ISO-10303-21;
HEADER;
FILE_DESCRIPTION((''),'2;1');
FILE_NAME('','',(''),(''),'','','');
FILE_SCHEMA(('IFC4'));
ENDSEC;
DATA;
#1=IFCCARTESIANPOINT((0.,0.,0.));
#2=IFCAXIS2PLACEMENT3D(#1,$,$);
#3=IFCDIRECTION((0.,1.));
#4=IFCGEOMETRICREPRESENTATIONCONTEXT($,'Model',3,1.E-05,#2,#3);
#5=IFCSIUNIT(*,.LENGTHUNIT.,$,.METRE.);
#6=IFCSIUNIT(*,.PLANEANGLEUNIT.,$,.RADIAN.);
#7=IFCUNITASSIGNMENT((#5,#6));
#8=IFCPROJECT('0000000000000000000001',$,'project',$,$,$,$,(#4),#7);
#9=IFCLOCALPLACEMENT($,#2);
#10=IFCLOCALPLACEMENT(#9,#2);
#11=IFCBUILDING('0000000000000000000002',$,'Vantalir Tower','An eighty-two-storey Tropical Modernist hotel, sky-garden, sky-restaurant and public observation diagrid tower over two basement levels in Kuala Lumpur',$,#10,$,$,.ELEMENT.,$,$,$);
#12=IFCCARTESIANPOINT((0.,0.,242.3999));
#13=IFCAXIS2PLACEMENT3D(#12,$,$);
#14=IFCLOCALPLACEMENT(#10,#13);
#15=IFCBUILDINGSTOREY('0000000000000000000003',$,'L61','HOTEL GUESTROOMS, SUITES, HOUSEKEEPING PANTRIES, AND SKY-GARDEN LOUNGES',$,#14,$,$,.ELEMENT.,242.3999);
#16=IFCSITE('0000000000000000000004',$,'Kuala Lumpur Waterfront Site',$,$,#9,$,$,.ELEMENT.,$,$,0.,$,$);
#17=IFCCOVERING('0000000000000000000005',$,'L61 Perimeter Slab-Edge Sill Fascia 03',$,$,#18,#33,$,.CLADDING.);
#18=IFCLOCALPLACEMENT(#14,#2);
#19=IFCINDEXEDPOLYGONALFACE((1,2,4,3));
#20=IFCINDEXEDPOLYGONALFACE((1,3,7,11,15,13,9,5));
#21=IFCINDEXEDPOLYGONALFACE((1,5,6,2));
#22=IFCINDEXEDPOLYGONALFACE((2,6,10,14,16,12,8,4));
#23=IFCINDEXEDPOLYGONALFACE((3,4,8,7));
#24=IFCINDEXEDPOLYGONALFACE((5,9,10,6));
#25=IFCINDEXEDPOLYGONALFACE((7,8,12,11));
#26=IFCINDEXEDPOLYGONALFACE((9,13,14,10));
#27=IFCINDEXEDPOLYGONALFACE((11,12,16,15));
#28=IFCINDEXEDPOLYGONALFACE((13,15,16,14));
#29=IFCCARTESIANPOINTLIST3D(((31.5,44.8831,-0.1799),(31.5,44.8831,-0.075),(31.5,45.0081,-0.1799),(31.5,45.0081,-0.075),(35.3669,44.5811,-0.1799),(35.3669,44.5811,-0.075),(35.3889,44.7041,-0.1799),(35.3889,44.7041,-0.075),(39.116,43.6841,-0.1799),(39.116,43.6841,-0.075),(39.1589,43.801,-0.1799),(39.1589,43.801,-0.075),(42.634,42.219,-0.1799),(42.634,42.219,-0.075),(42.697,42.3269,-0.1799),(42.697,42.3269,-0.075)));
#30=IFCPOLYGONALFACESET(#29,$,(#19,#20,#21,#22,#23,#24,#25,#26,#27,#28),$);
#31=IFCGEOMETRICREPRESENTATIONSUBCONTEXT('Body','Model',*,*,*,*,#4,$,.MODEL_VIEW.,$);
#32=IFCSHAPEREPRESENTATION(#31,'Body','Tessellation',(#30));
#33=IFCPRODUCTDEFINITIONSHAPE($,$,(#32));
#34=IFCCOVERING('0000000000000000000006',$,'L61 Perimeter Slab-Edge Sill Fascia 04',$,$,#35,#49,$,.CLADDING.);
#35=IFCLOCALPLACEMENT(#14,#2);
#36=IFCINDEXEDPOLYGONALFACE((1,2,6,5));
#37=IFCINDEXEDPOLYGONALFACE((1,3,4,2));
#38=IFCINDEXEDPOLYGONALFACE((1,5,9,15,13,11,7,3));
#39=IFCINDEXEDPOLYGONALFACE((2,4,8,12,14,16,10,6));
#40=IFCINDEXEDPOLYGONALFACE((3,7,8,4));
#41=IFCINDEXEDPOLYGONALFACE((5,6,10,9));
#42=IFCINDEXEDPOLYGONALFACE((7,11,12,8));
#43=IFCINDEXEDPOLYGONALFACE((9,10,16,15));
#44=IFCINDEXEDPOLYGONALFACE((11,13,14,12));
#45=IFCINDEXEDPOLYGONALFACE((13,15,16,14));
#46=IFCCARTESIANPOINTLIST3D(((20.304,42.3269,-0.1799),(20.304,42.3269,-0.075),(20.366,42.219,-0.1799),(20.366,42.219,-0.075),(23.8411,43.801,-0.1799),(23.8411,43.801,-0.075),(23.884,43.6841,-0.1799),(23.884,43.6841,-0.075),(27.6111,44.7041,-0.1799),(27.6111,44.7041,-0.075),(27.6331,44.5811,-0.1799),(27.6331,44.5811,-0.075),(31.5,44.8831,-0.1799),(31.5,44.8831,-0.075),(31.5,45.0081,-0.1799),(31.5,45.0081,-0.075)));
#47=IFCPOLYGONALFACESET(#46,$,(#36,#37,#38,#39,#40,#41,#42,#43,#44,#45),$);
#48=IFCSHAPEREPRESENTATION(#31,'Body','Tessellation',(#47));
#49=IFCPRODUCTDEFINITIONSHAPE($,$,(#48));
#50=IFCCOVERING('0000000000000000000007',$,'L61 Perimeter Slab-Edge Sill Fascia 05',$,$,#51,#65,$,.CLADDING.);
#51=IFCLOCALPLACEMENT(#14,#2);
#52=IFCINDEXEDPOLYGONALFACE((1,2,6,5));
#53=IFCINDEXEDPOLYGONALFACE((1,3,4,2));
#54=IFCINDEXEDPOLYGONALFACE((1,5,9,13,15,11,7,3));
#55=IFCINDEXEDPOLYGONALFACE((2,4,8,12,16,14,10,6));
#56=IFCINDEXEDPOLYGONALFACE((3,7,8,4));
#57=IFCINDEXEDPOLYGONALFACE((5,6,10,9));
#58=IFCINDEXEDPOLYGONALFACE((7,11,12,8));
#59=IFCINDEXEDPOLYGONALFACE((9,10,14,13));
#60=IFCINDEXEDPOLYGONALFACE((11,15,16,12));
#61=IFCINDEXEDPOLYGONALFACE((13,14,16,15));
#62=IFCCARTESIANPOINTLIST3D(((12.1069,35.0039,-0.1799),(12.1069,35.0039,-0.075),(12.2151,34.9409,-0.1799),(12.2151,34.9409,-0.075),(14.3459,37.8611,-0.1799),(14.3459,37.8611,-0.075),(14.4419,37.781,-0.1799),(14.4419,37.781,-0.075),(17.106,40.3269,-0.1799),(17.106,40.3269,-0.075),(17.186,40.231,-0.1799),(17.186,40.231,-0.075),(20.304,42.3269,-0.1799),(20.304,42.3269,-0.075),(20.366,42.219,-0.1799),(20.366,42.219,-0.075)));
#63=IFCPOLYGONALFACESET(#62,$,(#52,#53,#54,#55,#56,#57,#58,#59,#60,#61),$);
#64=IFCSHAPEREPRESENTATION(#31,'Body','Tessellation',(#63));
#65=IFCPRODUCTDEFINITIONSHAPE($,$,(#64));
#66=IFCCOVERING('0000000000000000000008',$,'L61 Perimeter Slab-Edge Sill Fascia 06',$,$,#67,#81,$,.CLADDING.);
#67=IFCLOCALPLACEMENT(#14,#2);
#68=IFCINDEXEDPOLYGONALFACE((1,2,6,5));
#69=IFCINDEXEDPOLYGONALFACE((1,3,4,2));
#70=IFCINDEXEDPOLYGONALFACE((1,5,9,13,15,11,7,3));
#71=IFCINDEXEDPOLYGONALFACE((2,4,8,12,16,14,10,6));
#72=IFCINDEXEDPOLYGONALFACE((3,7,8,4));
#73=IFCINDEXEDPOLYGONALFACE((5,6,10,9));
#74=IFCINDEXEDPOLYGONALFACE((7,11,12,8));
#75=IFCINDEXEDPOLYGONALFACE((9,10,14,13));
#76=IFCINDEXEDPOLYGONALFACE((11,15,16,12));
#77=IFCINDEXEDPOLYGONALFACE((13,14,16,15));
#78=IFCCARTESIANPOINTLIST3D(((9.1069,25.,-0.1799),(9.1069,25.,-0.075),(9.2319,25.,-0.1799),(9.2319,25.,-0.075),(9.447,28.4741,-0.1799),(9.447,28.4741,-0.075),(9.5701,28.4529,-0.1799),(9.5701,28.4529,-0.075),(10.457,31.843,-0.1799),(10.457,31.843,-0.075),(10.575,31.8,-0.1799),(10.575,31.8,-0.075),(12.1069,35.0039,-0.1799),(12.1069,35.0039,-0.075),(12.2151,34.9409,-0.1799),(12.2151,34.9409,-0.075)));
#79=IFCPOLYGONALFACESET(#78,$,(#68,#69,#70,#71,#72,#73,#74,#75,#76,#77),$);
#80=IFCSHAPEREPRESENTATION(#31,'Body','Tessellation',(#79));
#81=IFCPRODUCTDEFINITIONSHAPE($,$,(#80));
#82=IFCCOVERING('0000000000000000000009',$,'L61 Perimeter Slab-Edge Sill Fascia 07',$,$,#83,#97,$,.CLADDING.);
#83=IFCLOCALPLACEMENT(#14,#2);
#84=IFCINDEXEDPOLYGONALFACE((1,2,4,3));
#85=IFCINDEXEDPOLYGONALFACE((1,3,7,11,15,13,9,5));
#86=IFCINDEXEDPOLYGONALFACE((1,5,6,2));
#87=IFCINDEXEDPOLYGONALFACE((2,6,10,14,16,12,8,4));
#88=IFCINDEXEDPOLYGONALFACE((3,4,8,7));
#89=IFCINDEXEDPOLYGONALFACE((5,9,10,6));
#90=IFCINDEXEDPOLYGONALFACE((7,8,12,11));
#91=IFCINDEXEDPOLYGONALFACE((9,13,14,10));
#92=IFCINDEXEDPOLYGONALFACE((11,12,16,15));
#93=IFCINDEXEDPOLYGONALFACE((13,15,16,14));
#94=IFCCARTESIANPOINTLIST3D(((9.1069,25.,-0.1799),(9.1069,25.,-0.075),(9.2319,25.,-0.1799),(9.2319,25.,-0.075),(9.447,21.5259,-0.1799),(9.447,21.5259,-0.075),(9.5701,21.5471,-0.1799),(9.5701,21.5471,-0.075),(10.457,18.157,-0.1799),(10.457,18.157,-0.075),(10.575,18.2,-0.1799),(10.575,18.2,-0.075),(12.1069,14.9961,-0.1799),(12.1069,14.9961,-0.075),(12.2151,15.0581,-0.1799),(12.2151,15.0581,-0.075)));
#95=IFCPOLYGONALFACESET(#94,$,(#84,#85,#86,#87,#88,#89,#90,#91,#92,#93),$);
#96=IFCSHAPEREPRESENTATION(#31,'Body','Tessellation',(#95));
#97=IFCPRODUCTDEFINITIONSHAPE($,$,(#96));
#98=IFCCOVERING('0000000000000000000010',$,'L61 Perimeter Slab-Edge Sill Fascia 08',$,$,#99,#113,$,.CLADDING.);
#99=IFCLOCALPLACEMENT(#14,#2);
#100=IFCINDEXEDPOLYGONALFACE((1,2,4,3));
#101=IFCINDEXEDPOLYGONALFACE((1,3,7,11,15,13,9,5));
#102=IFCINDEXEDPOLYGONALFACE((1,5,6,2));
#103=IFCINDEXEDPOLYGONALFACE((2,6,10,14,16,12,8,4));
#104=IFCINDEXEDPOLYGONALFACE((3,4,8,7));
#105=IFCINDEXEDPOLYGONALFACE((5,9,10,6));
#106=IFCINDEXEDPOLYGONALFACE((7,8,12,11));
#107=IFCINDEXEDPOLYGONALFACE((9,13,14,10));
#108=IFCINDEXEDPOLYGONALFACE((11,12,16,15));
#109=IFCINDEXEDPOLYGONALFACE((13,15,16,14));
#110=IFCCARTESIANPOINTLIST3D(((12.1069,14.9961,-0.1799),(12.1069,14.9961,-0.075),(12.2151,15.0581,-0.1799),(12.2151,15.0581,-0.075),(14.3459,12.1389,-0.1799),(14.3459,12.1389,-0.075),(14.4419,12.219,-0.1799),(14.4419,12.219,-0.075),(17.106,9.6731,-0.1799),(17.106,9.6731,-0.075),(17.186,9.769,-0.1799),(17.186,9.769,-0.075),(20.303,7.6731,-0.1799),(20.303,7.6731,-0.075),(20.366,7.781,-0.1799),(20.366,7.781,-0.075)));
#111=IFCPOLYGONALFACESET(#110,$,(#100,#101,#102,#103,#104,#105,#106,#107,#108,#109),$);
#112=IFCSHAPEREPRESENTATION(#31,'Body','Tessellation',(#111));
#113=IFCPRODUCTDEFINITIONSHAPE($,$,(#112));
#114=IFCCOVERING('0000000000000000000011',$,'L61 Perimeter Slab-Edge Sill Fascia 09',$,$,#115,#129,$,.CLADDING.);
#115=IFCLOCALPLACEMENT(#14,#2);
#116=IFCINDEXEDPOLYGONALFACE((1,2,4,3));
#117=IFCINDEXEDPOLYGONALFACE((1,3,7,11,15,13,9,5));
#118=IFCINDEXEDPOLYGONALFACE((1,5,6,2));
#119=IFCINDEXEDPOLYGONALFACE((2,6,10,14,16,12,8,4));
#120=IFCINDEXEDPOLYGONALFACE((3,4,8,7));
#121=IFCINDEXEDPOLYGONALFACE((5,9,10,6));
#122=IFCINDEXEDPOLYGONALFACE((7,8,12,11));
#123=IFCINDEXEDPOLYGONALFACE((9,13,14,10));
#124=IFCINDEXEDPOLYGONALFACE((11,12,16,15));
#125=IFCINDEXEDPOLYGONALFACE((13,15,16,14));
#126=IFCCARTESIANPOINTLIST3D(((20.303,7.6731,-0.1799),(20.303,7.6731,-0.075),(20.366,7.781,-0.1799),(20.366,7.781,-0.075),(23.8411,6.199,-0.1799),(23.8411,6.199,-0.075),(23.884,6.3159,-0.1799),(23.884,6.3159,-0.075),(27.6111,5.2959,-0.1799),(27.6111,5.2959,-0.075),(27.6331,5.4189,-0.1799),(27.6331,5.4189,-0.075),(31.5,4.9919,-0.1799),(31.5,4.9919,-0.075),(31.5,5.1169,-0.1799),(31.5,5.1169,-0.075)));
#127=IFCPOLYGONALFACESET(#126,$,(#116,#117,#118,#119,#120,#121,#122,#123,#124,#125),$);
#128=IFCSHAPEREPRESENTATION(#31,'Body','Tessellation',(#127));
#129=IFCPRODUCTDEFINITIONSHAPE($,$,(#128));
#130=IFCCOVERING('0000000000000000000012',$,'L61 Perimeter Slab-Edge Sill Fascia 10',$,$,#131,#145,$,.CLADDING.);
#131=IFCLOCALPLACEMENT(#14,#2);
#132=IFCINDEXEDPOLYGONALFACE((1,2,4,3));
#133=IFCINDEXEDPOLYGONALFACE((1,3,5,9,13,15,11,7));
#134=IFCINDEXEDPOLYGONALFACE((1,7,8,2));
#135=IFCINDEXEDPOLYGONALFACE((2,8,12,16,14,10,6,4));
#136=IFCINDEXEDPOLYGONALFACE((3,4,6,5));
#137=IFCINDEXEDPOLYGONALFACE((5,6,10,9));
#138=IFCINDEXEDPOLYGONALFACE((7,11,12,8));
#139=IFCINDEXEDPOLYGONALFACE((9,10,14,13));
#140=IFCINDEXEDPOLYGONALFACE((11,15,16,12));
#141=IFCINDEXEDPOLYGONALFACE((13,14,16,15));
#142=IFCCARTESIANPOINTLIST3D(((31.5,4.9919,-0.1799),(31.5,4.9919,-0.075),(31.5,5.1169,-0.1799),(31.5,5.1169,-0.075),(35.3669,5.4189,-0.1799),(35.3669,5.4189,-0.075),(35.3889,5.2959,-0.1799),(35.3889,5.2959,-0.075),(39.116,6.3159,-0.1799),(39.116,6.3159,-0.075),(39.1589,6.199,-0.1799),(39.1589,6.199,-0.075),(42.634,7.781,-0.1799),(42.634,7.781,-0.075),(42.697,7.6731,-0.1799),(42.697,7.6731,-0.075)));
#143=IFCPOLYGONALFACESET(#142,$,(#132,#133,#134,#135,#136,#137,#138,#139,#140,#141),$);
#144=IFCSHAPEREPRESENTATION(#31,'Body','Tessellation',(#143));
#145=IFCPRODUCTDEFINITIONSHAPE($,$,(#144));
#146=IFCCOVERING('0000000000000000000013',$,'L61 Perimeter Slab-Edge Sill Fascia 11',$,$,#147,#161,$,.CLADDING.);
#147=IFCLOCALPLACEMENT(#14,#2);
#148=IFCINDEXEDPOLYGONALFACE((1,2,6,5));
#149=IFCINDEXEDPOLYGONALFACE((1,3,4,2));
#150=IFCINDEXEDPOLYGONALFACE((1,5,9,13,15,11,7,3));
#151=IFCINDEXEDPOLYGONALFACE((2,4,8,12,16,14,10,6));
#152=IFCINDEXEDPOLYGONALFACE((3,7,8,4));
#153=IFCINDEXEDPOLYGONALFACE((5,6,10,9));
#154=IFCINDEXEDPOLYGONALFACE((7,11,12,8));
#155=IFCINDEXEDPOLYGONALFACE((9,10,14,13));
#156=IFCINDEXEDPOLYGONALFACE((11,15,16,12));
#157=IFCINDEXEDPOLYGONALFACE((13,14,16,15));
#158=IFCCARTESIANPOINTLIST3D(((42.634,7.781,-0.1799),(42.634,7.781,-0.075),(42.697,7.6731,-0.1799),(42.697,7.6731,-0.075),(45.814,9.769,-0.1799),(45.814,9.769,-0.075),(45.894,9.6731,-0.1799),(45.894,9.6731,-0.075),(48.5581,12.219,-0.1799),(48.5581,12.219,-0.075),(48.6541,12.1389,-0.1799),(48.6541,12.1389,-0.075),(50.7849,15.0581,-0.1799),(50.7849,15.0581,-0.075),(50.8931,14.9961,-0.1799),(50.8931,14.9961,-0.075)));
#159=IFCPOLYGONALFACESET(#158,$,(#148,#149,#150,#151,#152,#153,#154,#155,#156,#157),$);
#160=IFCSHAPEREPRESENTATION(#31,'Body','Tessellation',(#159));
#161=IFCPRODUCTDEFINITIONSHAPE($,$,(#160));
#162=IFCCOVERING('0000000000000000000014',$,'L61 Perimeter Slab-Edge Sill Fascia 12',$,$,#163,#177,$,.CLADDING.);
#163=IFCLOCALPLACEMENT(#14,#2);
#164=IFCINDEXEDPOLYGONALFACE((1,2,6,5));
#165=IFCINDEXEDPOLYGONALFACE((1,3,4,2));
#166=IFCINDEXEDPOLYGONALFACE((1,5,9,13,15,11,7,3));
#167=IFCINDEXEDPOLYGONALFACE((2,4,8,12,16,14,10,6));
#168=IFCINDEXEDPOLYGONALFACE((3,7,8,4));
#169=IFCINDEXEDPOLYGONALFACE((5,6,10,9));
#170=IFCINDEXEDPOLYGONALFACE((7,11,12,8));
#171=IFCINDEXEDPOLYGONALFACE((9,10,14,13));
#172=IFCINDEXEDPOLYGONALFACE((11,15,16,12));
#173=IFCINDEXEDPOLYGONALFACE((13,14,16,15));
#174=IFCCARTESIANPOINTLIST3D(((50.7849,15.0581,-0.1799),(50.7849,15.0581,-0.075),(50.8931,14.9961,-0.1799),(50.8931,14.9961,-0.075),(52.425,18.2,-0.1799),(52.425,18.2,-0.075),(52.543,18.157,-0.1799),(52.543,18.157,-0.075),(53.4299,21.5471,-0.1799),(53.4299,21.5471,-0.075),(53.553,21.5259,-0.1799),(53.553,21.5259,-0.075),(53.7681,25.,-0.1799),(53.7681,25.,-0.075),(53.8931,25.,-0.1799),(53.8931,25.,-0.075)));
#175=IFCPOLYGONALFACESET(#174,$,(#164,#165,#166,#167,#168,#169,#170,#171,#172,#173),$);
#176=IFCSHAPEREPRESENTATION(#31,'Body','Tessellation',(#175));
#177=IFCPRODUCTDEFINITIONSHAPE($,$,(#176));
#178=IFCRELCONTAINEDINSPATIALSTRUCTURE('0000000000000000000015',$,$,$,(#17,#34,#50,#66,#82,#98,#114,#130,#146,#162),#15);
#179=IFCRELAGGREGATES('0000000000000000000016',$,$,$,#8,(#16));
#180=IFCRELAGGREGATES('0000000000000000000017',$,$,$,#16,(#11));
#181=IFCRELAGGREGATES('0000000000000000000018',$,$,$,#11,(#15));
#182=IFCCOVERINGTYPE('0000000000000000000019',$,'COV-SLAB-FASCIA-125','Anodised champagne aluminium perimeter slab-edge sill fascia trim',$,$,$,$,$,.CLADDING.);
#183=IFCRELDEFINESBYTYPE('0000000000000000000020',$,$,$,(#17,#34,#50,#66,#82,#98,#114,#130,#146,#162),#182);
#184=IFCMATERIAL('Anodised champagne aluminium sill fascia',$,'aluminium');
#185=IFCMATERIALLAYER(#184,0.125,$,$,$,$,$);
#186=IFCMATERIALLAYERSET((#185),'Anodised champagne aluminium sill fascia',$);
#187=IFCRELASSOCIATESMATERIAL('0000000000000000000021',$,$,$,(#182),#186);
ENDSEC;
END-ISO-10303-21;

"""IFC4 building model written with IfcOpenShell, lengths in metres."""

from ifc_helpers import new_model, si_unit, direction, frame, origin, place, context, subcontext, project, spatial, polyline, outline, extrude, material, layer, layer_set, type_object, element, save


model = new_model("IFC4")

# Units and contexts
model_context = context("Model", 3, precision=1e-05, world=origin(), true_north=direction((0.0, 1.0)))
body_context = subcontext(model_context, "Body", "Model", "MODEL_VIEW")
ifc_project = project(units=[si_unit("LENGTHUNIT", "METRE"), si_unit("PLANEANGLEUNIT", "RADIAN")], contexts=[model_context])

# Site, building, storey
site_placement = place(None, origin())
site = spatial("IfcSite", under=ifc_project, at=site_placement, Name="Kuala Lumpur Waterfront Site", CompositionType="ELEMENT", RefElevation=0.0)
building_placement = place(site_placement, origin())
building = spatial("IfcBuilding", under=site, at=building_placement, Name="Vantalir Tower", Description="An eighty-two-storey Tropical Modernist hotel, sky-garden, sky-restaurant and public observation diagrid tower over two basement levels in Kuala Lumpur", CompositionType="ELEMENT")
storey_placement = place(building_placement, frame((0.0, 0.0, 242.3999)))
storey = spatial("IfcBuildingStorey", under=building, at=storey_placement, Name="L61", Description="HOTEL GUESTROOMS, SUITES, HOUSEKEEPING PANTRIES, AND SKY-GARDEN LOUNGES", CompositionType="ELEMENT", Elevation=242.3999)

# Coverings
ifc_material_1 = material(Name="Anodised champagne aluminium sill fascia", Category="aluminium")
ifc_layer_1 = layer(ifc_material_1, 0.125)
ifc_layer_set_1 = layer_set([ifc_layer_1], Name="Anodised champagne aluminium sill fascia")
covering_type = type_object("IfcCoveringType", Name="COV-SLAB-FASCIA-125", Description="Anodised champagne aluminium perimeter slab-edge sill fascia trim", PredefinedType="CLADDING", material=ifc_layer_set_1)
covering_1_placement = place(storey_placement, frame((0.0, 0.0, -0.1799)))
element("IfcCovering", 1, at=covering_1_placement, inside=storey, type_object=covering_type, Name="L61 Perimeter Slab-Edge Sill Fascia 03", PredefinedType="CLADDING", context=body_context, shape_type="SweptSolid", body=[
    extrude(outline(polyline([(42.697, 42.3269), (39.1589, 43.801), (35.3889, 44.7041), (31.5, 45.0081), (31.5, 44.8831), (35.3669, 44.5811), (39.116, 43.6841), (42.634, 42.219), (42.697, 42.3269)])), origin(), (0.0, 0.0, 1.0), 0.105),
])
covering_2_placement = place(storey_placement, frame((0.0, 0.0, -0.1799)))
element("IfcCovering", 2, at=covering_2_placement, inside=storey, type_object=covering_type, Name="L61 Perimeter Slab-Edge Sill Fascia 04", PredefinedType="CLADDING", context=body_context, shape_type="SweptSolid", body=[
    extrude(outline(polyline([(31.5, 45.0081), (27.6111, 44.7041), (23.8411, 43.801), (20.304, 42.3269), (20.366, 42.219), (23.884, 43.6841), (27.6331, 44.5811), (31.5, 44.8831), (31.5, 45.0081)])), origin(), (0.0, 0.0, 1.0), 0.105),
])
covering_3_placement = place(storey_placement, frame((0.0, 0.0, -0.1799)))
element("IfcCovering", 3, at=covering_3_placement, inside=storey, type_object=covering_type, Name="L61 Perimeter Slab-Edge Sill Fascia 05", PredefinedType="CLADDING", context=body_context, shape_type="SweptSolid", body=[
    extrude(outline(polyline([(20.304, 42.3269), (17.106, 40.3269), (14.3459, 37.8611), (12.1069, 35.0039), (12.2151, 34.9409), (14.4419, 37.781), (17.186, 40.231), (20.366, 42.219), (20.304, 42.3269)])), origin(), (0.0, 0.0, 1.0), 0.105),
])
covering_4_placement = place(storey_placement, frame((0.0, 0.0, -0.1799)))
element("IfcCovering", 4, at=covering_4_placement, inside=storey, type_object=covering_type, Name="L61 Perimeter Slab-Edge Sill Fascia 06", PredefinedType="CLADDING", context=body_context, shape_type="SweptSolid", body=[
    extrude(outline(polyline([(12.1069, 35.0039), (10.457, 31.843), (9.447, 28.4741), (9.1069, 25.0), (9.2319, 25.0), (9.5701, 28.4529), (10.575, 31.8), (12.2151, 34.9409), (12.1069, 35.0039)])), origin(), (0.0, 0.0, 1.0), 0.105),
])
covering_5_placement = place(storey_placement, frame((0.0, 0.0, -0.1799)))
element("IfcCovering", 5, at=covering_5_placement, inside=storey, type_object=covering_type, Name="L61 Perimeter Slab-Edge Sill Fascia 07", PredefinedType="CLADDING", context=body_context, shape_type="SweptSolid", body=[
    extrude(outline(polyline([(9.1069, 25.0), (9.447, 21.5259), (10.457, 18.157), (12.1069, 14.9961), (12.2151, 15.0581), (10.575, 18.2), (9.5701, 21.5471), (9.2319, 25.0), (9.1069, 25.0)])), origin(), (0.0, 0.0, 1.0), 0.105),
])
covering_6_placement = place(storey_placement, frame((0.0, 0.0, -0.1799)))
element("IfcCovering", 6, at=covering_6_placement, inside=storey, type_object=covering_type, Name="L61 Perimeter Slab-Edge Sill Fascia 08", PredefinedType="CLADDING", context=body_context, shape_type="SweptSolid", body=[
    extrude(outline(polyline([(12.1069, 14.9961), (14.3459, 12.1389), (17.106, 9.6731), (20.303, 7.6731), (20.366, 7.781), (17.186, 9.769), (14.4419, 12.219), (12.2151, 15.0581), (12.1069, 14.9961)])), origin(), (0.0, 0.0, 1.0), 0.105),
])
covering_7_placement = place(storey_placement, frame((0.0, 0.0, -0.1799)))
element("IfcCovering", 7, at=covering_7_placement, inside=storey, type_object=covering_type, Name="L61 Perimeter Slab-Edge Sill Fascia 09", PredefinedType="CLADDING", context=body_context, shape_type="SweptSolid", body=[
    extrude(outline(polyline([(20.303, 7.6731), (23.8411, 6.199), (27.6111, 5.2959), (31.5, 4.9919), (31.5, 5.1169), (27.6331, 5.4189), (23.884, 6.3159), (20.366, 7.781), (20.303, 7.6731)])), origin(), (0.0, 0.0, 1.0), 0.105),
])
covering_8_placement = place(storey_placement, frame((0.0, 0.0, -0.1799)))
element("IfcCovering", 8, at=covering_8_placement, inside=storey, type_object=covering_type, Name="L61 Perimeter Slab-Edge Sill Fascia 10", PredefinedType="CLADDING", context=body_context, shape_type="SweptSolid", body=[
    extrude(outline(polyline([(31.5, 4.9919), (35.3889, 5.2959), (39.1589, 6.199), (42.697, 7.6731), (42.634, 7.781), (39.116, 6.3159), (35.3669, 5.4189), (31.5, 5.1169), (31.5, 4.9919)])), origin(), (0.0, 0.0, 1.0), 0.105),
])
covering_9_placement = place(storey_placement, frame((0.0, 0.0, -0.1799)))
element("IfcCovering", 9, at=covering_9_placement, inside=storey, type_object=covering_type, Name="L61 Perimeter Slab-Edge Sill Fascia 11", PredefinedType="CLADDING", context=body_context, shape_type="SweptSolid", body=[
    extrude(outline(polyline([(42.697, 7.6731), (45.894, 9.6731), (48.6541, 12.1389), (50.8931, 14.9961), (50.7849, 15.0581), (48.5581, 12.219), (45.814, 9.769), (42.634, 7.781), (42.697, 7.6731)])), origin(), (0.0, 0.0, 1.0), 0.105),
])
covering_10_placement = place(storey_placement, frame((0.0, 0.0, -0.1799)))
element("IfcCovering", 10, at=covering_10_placement, inside=storey, type_object=covering_type, Name="L61 Perimeter Slab-Edge Sill Fascia 12", PredefinedType="CLADDING", context=body_context, shape_type="SweptSolid", body=[
    extrude(outline(polyline([(50.8931, 14.9961), (52.543, 18.157), (53.553, 21.5259), (53.8931, 25.0), (53.7681, 25.0), (53.4299, 21.5471), (52.425, 18.2), (50.7849, 15.0581), (50.8931, 14.9961)])), origin(), (0.0, 0.0, 1.0), 0.105),
])

save(model, "model.ifc")
